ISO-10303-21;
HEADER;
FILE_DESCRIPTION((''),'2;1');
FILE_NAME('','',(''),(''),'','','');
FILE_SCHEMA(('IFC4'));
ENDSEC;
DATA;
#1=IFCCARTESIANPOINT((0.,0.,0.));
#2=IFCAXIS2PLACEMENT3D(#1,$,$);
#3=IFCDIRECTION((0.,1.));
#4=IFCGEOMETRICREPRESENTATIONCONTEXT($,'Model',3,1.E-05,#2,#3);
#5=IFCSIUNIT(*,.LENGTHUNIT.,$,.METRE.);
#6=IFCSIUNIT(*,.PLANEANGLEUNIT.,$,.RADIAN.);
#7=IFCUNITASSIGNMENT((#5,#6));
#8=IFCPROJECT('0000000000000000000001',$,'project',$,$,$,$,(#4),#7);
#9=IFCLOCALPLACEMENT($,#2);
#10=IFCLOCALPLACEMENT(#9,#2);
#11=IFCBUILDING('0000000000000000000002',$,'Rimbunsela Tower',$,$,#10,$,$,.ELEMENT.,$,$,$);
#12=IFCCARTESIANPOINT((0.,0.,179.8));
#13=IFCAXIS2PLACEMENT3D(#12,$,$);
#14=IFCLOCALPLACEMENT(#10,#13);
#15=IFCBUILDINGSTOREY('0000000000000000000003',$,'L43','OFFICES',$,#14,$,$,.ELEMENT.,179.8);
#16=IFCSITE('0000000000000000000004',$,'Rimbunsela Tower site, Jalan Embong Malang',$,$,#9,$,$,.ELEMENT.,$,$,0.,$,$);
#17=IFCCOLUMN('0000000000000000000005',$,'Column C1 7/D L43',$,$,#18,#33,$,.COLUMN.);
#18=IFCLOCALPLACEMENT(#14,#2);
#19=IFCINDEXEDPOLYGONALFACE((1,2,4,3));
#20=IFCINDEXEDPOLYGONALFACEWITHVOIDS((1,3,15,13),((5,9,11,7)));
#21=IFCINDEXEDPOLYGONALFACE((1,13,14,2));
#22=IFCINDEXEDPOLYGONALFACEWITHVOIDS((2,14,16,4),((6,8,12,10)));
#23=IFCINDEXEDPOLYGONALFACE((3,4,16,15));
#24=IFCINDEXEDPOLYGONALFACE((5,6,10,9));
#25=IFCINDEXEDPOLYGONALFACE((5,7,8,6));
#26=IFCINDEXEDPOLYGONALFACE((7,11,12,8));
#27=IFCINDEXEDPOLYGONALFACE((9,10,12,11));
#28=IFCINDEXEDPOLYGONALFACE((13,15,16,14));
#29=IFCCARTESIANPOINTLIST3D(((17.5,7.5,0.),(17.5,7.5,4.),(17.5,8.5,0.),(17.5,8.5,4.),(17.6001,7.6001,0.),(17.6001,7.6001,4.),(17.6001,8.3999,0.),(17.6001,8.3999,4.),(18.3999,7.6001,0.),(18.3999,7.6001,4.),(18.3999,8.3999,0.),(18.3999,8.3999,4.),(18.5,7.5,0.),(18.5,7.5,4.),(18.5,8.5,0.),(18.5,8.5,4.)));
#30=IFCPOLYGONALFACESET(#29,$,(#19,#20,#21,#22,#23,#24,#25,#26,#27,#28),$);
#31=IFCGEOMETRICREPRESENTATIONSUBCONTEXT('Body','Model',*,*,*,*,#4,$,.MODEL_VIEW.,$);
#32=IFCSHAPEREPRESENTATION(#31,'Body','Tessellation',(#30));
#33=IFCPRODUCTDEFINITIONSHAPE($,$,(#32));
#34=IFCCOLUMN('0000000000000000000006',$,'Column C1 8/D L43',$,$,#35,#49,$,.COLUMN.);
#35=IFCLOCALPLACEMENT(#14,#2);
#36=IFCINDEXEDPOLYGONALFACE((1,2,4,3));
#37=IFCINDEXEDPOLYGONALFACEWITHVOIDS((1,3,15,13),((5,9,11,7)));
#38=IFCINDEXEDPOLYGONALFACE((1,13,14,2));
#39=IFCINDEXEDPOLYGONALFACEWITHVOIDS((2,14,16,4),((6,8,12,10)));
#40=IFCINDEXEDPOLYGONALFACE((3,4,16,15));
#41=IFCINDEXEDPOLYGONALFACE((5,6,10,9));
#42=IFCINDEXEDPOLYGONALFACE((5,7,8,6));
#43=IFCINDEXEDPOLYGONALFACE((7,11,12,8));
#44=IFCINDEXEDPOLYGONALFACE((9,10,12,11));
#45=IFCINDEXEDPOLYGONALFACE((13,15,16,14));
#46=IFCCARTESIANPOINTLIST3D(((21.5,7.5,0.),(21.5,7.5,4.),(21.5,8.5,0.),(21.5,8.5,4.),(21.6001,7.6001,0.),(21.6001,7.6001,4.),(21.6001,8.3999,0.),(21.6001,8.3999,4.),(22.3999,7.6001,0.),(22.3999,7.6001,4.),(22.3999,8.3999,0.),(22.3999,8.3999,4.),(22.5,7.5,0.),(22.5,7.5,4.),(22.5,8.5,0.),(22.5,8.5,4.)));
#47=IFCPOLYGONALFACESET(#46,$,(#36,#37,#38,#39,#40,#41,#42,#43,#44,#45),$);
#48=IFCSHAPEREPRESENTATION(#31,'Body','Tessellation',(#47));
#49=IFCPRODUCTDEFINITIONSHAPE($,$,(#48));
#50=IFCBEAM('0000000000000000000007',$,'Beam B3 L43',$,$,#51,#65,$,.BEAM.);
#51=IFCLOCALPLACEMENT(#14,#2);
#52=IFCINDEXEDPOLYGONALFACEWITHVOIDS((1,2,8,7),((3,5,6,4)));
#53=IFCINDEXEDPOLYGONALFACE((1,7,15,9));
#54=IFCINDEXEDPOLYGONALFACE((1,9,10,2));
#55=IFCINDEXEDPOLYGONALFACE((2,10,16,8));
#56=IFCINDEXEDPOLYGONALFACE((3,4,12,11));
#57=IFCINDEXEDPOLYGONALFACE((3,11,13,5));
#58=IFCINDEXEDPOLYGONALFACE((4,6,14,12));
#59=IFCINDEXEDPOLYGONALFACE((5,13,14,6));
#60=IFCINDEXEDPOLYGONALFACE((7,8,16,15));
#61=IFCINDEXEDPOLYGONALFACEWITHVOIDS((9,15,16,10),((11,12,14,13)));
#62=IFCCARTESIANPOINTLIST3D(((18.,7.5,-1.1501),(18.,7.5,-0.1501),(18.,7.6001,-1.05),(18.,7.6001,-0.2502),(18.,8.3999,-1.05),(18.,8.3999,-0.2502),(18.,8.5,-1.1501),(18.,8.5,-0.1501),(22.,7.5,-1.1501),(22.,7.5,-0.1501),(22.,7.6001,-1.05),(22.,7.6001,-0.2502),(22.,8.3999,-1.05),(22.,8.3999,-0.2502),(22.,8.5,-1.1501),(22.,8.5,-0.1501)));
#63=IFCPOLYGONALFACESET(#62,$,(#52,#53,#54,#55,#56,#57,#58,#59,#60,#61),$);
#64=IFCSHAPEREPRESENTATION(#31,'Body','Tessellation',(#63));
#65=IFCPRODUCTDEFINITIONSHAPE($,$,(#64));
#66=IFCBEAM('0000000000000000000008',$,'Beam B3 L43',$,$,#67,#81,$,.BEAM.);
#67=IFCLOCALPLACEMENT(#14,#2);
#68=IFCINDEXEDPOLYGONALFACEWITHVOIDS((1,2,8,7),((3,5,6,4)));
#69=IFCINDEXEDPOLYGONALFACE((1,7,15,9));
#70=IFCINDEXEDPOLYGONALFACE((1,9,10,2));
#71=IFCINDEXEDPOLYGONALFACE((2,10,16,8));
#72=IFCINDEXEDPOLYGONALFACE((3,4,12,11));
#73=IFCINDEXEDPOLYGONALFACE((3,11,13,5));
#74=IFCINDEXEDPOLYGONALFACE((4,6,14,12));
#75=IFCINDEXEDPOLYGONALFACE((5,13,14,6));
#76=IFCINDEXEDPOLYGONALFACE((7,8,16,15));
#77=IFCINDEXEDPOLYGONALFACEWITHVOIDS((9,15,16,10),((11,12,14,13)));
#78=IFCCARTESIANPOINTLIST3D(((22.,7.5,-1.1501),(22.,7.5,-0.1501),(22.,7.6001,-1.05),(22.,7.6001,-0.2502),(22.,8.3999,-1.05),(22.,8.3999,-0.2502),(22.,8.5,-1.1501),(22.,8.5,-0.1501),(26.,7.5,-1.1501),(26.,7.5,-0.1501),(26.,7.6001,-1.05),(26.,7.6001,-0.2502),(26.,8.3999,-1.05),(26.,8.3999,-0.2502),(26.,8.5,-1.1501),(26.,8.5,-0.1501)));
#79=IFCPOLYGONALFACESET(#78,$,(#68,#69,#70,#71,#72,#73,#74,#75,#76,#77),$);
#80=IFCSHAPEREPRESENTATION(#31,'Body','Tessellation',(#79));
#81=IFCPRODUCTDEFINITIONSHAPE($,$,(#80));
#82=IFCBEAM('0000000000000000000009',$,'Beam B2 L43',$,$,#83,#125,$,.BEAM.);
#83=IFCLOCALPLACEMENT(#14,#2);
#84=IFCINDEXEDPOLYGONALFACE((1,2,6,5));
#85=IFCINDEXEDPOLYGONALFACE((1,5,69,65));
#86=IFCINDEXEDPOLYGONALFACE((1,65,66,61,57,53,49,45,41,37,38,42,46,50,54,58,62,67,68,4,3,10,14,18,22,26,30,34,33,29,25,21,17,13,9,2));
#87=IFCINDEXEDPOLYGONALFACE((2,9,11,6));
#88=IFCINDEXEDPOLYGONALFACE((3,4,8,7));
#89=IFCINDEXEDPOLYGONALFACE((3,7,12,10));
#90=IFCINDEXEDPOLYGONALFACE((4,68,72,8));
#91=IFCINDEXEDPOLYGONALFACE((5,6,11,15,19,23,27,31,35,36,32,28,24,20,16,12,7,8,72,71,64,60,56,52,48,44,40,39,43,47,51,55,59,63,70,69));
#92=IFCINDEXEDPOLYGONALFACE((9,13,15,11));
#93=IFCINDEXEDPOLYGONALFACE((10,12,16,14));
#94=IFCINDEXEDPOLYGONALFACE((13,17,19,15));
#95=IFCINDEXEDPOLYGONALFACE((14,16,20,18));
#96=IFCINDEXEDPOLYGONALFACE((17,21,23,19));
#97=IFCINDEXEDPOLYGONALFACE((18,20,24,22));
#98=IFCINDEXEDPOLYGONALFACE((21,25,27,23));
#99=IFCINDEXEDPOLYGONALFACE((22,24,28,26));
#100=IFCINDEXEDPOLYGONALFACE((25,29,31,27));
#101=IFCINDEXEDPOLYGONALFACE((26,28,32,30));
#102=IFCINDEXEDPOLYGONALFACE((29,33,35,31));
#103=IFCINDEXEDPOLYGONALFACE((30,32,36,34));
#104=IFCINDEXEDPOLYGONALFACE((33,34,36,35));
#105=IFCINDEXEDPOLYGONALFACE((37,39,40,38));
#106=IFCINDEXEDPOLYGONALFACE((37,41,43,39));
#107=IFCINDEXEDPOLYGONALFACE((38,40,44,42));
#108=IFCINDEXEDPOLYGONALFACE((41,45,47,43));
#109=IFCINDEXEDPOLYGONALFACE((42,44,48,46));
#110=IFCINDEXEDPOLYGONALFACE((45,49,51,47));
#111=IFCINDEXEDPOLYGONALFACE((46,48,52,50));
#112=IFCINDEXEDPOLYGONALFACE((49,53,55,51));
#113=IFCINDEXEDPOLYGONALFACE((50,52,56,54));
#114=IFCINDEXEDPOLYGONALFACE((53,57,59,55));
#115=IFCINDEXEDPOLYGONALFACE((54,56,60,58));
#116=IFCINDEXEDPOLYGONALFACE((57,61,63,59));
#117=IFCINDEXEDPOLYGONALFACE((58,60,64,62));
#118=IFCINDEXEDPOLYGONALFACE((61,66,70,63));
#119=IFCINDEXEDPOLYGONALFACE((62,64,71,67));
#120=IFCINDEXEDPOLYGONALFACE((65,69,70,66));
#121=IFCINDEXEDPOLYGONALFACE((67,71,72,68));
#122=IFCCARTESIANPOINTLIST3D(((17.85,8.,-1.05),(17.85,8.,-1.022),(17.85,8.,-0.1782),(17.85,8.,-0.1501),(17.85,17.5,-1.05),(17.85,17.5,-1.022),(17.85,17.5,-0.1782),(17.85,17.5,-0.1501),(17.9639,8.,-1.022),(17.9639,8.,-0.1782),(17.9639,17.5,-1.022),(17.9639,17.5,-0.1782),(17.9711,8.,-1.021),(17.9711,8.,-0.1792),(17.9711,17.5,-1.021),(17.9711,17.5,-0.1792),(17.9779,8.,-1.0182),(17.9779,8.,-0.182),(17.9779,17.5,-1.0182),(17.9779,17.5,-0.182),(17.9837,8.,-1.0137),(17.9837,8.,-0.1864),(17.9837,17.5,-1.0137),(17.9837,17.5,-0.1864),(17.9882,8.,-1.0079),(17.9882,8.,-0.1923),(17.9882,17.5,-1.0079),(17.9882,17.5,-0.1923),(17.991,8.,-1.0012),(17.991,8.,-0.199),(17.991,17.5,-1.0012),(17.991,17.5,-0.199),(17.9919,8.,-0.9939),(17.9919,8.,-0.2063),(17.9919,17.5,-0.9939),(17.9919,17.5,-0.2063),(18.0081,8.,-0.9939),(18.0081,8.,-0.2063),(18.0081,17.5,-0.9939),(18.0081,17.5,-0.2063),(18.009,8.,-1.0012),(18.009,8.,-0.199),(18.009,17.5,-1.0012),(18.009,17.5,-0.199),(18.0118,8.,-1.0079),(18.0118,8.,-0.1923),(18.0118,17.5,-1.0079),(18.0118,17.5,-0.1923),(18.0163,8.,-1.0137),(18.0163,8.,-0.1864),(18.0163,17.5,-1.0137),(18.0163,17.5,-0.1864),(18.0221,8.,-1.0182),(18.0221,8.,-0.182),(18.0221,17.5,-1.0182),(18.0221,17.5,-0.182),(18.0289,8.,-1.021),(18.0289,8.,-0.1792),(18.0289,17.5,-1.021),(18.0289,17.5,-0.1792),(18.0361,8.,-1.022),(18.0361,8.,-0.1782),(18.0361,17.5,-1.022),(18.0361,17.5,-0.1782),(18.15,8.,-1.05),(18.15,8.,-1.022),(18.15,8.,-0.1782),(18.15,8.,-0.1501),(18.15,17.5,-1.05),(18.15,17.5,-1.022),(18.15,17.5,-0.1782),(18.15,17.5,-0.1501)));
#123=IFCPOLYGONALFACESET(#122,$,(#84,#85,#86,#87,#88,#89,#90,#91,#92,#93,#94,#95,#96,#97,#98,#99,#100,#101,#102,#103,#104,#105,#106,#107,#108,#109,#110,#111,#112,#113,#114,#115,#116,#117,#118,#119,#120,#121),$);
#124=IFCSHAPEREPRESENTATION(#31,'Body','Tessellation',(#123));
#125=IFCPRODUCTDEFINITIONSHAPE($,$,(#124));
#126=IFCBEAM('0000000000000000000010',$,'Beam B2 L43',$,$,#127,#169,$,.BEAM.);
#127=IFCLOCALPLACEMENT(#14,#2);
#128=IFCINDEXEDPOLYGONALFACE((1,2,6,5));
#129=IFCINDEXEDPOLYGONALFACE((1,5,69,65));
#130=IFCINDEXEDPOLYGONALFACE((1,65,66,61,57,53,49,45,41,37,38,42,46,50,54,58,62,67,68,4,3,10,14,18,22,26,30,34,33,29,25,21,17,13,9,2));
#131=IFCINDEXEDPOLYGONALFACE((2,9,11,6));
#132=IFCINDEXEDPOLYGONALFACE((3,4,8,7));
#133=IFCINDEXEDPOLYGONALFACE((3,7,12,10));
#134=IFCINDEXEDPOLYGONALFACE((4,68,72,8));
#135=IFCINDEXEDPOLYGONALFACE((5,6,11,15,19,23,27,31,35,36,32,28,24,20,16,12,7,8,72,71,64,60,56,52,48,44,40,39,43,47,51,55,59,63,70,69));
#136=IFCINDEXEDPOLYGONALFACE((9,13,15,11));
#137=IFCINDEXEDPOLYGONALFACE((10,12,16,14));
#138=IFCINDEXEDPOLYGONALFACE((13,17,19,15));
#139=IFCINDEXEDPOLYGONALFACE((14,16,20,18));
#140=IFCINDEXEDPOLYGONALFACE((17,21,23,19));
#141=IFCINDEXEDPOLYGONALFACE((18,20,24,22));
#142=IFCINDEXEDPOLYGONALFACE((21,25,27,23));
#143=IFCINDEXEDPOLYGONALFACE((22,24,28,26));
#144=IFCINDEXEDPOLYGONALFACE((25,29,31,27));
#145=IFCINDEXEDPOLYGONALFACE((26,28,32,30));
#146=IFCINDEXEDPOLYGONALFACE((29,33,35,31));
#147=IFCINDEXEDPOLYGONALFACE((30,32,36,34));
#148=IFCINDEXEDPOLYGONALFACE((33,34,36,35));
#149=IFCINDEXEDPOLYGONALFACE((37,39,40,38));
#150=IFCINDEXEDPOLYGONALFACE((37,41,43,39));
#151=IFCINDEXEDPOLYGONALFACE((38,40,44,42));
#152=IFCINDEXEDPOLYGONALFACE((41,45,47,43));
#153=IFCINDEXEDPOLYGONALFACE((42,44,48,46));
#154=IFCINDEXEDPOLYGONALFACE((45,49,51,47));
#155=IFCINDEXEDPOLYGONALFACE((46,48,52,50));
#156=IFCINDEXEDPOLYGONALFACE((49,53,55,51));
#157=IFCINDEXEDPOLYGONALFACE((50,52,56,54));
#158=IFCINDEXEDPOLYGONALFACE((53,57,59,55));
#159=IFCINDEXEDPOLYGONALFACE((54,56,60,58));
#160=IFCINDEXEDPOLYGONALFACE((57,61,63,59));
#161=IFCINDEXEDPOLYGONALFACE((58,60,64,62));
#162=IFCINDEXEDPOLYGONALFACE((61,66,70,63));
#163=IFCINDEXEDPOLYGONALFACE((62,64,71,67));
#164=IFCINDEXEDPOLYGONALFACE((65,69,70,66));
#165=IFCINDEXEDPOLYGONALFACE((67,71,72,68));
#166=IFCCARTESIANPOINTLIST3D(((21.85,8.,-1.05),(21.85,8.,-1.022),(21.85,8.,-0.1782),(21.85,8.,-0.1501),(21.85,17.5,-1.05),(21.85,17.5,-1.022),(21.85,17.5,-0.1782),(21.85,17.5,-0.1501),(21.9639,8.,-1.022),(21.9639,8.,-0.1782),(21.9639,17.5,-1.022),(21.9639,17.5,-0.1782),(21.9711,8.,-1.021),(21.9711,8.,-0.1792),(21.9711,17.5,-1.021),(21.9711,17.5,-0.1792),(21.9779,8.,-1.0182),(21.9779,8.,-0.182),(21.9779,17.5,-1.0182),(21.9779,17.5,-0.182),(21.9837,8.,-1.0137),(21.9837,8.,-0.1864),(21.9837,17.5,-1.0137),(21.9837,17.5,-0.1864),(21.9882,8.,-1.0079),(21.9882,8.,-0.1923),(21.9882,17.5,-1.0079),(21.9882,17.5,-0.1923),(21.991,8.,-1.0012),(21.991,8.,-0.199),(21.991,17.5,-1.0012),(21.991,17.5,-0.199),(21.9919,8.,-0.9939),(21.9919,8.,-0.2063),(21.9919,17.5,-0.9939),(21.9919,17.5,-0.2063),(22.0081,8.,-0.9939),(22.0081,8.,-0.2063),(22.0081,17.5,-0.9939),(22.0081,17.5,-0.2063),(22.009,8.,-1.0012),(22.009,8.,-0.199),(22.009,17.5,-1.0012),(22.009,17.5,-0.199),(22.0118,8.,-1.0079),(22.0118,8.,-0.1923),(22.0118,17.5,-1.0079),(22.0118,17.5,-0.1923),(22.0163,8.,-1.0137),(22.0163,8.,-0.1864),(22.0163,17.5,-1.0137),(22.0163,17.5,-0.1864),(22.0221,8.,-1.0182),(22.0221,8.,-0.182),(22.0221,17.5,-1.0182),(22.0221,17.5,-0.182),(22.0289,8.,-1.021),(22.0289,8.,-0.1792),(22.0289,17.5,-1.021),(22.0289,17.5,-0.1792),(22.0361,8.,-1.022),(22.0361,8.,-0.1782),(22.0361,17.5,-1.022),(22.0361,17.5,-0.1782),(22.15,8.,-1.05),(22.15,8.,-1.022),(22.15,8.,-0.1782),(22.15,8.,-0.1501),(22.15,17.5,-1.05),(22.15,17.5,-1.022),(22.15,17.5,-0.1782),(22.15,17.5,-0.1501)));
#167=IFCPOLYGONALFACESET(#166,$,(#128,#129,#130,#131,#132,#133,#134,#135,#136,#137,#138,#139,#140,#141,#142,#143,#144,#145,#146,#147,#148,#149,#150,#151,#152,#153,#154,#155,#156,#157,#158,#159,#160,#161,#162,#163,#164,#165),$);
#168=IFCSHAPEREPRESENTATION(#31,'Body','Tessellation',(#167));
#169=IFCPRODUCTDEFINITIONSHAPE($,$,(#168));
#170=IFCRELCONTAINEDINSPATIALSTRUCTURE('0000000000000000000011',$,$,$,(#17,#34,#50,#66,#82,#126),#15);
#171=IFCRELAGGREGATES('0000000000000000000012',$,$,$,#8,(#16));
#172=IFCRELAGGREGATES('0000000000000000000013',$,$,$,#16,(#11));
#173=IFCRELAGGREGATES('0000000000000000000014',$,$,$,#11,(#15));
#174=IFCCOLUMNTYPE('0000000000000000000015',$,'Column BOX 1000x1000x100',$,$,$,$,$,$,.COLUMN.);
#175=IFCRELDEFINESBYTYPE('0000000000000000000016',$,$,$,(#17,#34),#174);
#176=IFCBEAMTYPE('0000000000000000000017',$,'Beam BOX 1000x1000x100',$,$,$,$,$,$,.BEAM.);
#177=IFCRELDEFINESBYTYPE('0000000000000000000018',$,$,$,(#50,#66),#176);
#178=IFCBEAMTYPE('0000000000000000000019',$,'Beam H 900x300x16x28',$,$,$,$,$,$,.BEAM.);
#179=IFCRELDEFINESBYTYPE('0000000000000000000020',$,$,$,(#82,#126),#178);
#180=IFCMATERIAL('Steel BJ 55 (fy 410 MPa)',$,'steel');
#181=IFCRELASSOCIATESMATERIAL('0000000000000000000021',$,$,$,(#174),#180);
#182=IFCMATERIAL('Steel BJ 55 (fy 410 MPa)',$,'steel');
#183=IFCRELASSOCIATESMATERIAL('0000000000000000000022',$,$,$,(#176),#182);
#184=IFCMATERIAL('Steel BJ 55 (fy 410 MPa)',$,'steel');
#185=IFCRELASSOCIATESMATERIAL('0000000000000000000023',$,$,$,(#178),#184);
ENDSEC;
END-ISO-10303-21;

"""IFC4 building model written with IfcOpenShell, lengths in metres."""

from ifc_helpers import new_model, si_unit, direction, frame, origin, origin_2d, place, context, subcontext, project, spatial, hollow_rectangle, i_section, extrude, material, material_profile, profile_set, type_object, element, save


model = new_model("IFC4")

# Units and contexts
model_context = context("Model", 3, precision=1e-05, world=origin(), true_north=direction((0.0, 1.0)))
body_context = subcontext(model_context, "Body", "Model", "MODEL_VIEW")
ifc_project = project(units=[si_unit("LENGTHUNIT", "METRE"), si_unit("PLANEANGLEUNIT", "RADIAN")], contexts=[model_context])

# Site, building, storey
site_placement = place(None, origin())
site = spatial("IfcSite", under=ifc_project, at=site_placement, Name="Rimbunsela Tower site, Jalan Embong Malang", CompositionType="ELEMENT", RefElevation=0.0)
building_placement = place(site_placement, origin())
building = spatial("IfcBuilding", under=site, at=building_placement, Name="Rimbunsela Tower", CompositionType="ELEMENT")
storey_placement = place(building_placement, frame((0.0, 0.0, 179.8)))
storey = spatial("IfcBuildingStorey", under=building, at=storey_placement, Name="L43", Description="OFFICES", CompositionType="ELEMENT", Elevation=179.8)

# Columns
ifc_material_1 = material(Name="Steel BJ 55 (fy 410 MPa)", Category="steel")
ifc_material_profile_1 = material_profile(ifc_material_1, hollow_rectangle(XDim=1.0, YDim=1.0, WallThickness=0.1001, at=origin_2d()), Name="BOX 1000x1000x100")
ifc_profile_set_1 = profile_set([ifc_material_profile_1], Name="Steel BJ 55 (fy 410 MPa)")
column_type = type_object("IfcColumnType", Name="Column BOX 1000x1000x100", PredefinedType="COLUMN", material=ifc_profile_set_1)
for number, where, z_axis, x_axis, name in (
    (1, (18.0, 8.0, 0.0), (0.0, 0.0, 1.0), (1.0, 0.0, 0.0), "Column C1 7/D L43"),
    (2, (22.0, 8.0, 0.0), (0.0, 0.0, 1.0), (1.0, 0.0, 0.0), "Column C1 8/D L43"),
):
    element("IfcColumn", number, at=place(storey_placement, frame(where, z_axis=z_axis, x_axis=x_axis)), inside=storey, type_object=column_type, Name=name, PredefinedType="COLUMN", context=body_context, shape_type="SweptSolid", body=[
        extrude(hollow_rectangle(XDim=1.0, YDim=1.0, WallThickness=0.1001, at=origin_2d()), origin(), (0.0, 0.0, 1.0), 4.0),
    ])

# Beams
ifc_material_2 = material(Name="Steel BJ 55 (fy 410 MPa)", Category="steel")
ifc_material_profile_2 = material_profile(ifc_material_2, hollow_rectangle(XDim=1.0, YDim=1.0, WallThickness=0.1001, at=origin_2d()), Name="BOX 1000x1000x100")
ifc_profile_set_2 = profile_set([ifc_material_profile_2], Name="Steel BJ 55 (fy 410 MPa)")
beam_type_1 = type_object("IfcBeamType", Name="Beam BOX 1000x1000x100", PredefinedType="BEAM", material=ifc_profile_set_2)
for number, where, z_axis, x_axis, name in (
    (3, (18.0, 8.0, -0.6501), (1.0, 0.0, 0.0), (0.0, 1.0, 0.0), "Beam B3 L43"),
    (4, (22.0, 8.0, -0.6501), (1.0, 0.0, 0.0), (0.0, 1.0, 0.0), "Beam B3 L43"),
):
    element("IfcBeam", number, at=place(storey_placement, frame(where, z_axis=z_axis, x_axis=x_axis)), inside=storey, type_object=beam_type_1, Name=name, PredefinedType="BEAM", context=body_context, shape_type="SweptSolid", body=[
        extrude(hollow_rectangle(XDim=1.0, YDim=1.0, WallThickness=0.1001, at=origin_2d()), origin(), (0.0, 0.0, 1.0), 4.0),
    ])
ifc_material_3 = material(Name="Steel BJ 55 (fy 410 MPa)", Category="steel")
ifc_material_profile_3 = material_profile(ifc_material_3, i_section(OverallWidth=0.3, OverallDepth=0.8999, WebThickness=0.0161, FlangeThickness=0.0281, FilletRadius=0.0281, at=origin_2d()), Name="H 900x300x16x28")
ifc_profile_set_3 = profile_set([ifc_material_profile_3], Name="Steel BJ 55 (fy 410 MPa)")
beam_type_2 = type_object("IfcBeamType", Name="Beam H 900x300x16x28", PredefinedType="BEAM", material=ifc_profile_set_3)
for number, where, z_axis, x_axis, name in (
    (5, (18.0, 8.0, -0.6001), (0.0, 1.0, 0.0), (-1.0, 0.0, 0.0), "Beam B2 L43"),
    (6, (22.0, 8.0, -0.6001), (0.0, 1.0, 0.0), (-1.0, 0.0, 0.0), "Beam B2 L43"),
):
    element("IfcBeam", number, at=place(storey_placement, frame(where, z_axis=z_axis, x_axis=x_axis)), inside=storey, type_object=beam_type_2, Name=name, PredefinedType="BEAM", context=body_context, shape_type="SweptSolid", body=[
        extrude(i_section(OverallWidth=0.3, OverallDepth=0.8999, WebThickness=0.0161, FlangeThickness=0.0281, FilletRadius=0.0281, at=origin_2d()), origin(), (0.0, 0.0, 1.0), 9.5),
    ])

save(model, "model.ifc")
